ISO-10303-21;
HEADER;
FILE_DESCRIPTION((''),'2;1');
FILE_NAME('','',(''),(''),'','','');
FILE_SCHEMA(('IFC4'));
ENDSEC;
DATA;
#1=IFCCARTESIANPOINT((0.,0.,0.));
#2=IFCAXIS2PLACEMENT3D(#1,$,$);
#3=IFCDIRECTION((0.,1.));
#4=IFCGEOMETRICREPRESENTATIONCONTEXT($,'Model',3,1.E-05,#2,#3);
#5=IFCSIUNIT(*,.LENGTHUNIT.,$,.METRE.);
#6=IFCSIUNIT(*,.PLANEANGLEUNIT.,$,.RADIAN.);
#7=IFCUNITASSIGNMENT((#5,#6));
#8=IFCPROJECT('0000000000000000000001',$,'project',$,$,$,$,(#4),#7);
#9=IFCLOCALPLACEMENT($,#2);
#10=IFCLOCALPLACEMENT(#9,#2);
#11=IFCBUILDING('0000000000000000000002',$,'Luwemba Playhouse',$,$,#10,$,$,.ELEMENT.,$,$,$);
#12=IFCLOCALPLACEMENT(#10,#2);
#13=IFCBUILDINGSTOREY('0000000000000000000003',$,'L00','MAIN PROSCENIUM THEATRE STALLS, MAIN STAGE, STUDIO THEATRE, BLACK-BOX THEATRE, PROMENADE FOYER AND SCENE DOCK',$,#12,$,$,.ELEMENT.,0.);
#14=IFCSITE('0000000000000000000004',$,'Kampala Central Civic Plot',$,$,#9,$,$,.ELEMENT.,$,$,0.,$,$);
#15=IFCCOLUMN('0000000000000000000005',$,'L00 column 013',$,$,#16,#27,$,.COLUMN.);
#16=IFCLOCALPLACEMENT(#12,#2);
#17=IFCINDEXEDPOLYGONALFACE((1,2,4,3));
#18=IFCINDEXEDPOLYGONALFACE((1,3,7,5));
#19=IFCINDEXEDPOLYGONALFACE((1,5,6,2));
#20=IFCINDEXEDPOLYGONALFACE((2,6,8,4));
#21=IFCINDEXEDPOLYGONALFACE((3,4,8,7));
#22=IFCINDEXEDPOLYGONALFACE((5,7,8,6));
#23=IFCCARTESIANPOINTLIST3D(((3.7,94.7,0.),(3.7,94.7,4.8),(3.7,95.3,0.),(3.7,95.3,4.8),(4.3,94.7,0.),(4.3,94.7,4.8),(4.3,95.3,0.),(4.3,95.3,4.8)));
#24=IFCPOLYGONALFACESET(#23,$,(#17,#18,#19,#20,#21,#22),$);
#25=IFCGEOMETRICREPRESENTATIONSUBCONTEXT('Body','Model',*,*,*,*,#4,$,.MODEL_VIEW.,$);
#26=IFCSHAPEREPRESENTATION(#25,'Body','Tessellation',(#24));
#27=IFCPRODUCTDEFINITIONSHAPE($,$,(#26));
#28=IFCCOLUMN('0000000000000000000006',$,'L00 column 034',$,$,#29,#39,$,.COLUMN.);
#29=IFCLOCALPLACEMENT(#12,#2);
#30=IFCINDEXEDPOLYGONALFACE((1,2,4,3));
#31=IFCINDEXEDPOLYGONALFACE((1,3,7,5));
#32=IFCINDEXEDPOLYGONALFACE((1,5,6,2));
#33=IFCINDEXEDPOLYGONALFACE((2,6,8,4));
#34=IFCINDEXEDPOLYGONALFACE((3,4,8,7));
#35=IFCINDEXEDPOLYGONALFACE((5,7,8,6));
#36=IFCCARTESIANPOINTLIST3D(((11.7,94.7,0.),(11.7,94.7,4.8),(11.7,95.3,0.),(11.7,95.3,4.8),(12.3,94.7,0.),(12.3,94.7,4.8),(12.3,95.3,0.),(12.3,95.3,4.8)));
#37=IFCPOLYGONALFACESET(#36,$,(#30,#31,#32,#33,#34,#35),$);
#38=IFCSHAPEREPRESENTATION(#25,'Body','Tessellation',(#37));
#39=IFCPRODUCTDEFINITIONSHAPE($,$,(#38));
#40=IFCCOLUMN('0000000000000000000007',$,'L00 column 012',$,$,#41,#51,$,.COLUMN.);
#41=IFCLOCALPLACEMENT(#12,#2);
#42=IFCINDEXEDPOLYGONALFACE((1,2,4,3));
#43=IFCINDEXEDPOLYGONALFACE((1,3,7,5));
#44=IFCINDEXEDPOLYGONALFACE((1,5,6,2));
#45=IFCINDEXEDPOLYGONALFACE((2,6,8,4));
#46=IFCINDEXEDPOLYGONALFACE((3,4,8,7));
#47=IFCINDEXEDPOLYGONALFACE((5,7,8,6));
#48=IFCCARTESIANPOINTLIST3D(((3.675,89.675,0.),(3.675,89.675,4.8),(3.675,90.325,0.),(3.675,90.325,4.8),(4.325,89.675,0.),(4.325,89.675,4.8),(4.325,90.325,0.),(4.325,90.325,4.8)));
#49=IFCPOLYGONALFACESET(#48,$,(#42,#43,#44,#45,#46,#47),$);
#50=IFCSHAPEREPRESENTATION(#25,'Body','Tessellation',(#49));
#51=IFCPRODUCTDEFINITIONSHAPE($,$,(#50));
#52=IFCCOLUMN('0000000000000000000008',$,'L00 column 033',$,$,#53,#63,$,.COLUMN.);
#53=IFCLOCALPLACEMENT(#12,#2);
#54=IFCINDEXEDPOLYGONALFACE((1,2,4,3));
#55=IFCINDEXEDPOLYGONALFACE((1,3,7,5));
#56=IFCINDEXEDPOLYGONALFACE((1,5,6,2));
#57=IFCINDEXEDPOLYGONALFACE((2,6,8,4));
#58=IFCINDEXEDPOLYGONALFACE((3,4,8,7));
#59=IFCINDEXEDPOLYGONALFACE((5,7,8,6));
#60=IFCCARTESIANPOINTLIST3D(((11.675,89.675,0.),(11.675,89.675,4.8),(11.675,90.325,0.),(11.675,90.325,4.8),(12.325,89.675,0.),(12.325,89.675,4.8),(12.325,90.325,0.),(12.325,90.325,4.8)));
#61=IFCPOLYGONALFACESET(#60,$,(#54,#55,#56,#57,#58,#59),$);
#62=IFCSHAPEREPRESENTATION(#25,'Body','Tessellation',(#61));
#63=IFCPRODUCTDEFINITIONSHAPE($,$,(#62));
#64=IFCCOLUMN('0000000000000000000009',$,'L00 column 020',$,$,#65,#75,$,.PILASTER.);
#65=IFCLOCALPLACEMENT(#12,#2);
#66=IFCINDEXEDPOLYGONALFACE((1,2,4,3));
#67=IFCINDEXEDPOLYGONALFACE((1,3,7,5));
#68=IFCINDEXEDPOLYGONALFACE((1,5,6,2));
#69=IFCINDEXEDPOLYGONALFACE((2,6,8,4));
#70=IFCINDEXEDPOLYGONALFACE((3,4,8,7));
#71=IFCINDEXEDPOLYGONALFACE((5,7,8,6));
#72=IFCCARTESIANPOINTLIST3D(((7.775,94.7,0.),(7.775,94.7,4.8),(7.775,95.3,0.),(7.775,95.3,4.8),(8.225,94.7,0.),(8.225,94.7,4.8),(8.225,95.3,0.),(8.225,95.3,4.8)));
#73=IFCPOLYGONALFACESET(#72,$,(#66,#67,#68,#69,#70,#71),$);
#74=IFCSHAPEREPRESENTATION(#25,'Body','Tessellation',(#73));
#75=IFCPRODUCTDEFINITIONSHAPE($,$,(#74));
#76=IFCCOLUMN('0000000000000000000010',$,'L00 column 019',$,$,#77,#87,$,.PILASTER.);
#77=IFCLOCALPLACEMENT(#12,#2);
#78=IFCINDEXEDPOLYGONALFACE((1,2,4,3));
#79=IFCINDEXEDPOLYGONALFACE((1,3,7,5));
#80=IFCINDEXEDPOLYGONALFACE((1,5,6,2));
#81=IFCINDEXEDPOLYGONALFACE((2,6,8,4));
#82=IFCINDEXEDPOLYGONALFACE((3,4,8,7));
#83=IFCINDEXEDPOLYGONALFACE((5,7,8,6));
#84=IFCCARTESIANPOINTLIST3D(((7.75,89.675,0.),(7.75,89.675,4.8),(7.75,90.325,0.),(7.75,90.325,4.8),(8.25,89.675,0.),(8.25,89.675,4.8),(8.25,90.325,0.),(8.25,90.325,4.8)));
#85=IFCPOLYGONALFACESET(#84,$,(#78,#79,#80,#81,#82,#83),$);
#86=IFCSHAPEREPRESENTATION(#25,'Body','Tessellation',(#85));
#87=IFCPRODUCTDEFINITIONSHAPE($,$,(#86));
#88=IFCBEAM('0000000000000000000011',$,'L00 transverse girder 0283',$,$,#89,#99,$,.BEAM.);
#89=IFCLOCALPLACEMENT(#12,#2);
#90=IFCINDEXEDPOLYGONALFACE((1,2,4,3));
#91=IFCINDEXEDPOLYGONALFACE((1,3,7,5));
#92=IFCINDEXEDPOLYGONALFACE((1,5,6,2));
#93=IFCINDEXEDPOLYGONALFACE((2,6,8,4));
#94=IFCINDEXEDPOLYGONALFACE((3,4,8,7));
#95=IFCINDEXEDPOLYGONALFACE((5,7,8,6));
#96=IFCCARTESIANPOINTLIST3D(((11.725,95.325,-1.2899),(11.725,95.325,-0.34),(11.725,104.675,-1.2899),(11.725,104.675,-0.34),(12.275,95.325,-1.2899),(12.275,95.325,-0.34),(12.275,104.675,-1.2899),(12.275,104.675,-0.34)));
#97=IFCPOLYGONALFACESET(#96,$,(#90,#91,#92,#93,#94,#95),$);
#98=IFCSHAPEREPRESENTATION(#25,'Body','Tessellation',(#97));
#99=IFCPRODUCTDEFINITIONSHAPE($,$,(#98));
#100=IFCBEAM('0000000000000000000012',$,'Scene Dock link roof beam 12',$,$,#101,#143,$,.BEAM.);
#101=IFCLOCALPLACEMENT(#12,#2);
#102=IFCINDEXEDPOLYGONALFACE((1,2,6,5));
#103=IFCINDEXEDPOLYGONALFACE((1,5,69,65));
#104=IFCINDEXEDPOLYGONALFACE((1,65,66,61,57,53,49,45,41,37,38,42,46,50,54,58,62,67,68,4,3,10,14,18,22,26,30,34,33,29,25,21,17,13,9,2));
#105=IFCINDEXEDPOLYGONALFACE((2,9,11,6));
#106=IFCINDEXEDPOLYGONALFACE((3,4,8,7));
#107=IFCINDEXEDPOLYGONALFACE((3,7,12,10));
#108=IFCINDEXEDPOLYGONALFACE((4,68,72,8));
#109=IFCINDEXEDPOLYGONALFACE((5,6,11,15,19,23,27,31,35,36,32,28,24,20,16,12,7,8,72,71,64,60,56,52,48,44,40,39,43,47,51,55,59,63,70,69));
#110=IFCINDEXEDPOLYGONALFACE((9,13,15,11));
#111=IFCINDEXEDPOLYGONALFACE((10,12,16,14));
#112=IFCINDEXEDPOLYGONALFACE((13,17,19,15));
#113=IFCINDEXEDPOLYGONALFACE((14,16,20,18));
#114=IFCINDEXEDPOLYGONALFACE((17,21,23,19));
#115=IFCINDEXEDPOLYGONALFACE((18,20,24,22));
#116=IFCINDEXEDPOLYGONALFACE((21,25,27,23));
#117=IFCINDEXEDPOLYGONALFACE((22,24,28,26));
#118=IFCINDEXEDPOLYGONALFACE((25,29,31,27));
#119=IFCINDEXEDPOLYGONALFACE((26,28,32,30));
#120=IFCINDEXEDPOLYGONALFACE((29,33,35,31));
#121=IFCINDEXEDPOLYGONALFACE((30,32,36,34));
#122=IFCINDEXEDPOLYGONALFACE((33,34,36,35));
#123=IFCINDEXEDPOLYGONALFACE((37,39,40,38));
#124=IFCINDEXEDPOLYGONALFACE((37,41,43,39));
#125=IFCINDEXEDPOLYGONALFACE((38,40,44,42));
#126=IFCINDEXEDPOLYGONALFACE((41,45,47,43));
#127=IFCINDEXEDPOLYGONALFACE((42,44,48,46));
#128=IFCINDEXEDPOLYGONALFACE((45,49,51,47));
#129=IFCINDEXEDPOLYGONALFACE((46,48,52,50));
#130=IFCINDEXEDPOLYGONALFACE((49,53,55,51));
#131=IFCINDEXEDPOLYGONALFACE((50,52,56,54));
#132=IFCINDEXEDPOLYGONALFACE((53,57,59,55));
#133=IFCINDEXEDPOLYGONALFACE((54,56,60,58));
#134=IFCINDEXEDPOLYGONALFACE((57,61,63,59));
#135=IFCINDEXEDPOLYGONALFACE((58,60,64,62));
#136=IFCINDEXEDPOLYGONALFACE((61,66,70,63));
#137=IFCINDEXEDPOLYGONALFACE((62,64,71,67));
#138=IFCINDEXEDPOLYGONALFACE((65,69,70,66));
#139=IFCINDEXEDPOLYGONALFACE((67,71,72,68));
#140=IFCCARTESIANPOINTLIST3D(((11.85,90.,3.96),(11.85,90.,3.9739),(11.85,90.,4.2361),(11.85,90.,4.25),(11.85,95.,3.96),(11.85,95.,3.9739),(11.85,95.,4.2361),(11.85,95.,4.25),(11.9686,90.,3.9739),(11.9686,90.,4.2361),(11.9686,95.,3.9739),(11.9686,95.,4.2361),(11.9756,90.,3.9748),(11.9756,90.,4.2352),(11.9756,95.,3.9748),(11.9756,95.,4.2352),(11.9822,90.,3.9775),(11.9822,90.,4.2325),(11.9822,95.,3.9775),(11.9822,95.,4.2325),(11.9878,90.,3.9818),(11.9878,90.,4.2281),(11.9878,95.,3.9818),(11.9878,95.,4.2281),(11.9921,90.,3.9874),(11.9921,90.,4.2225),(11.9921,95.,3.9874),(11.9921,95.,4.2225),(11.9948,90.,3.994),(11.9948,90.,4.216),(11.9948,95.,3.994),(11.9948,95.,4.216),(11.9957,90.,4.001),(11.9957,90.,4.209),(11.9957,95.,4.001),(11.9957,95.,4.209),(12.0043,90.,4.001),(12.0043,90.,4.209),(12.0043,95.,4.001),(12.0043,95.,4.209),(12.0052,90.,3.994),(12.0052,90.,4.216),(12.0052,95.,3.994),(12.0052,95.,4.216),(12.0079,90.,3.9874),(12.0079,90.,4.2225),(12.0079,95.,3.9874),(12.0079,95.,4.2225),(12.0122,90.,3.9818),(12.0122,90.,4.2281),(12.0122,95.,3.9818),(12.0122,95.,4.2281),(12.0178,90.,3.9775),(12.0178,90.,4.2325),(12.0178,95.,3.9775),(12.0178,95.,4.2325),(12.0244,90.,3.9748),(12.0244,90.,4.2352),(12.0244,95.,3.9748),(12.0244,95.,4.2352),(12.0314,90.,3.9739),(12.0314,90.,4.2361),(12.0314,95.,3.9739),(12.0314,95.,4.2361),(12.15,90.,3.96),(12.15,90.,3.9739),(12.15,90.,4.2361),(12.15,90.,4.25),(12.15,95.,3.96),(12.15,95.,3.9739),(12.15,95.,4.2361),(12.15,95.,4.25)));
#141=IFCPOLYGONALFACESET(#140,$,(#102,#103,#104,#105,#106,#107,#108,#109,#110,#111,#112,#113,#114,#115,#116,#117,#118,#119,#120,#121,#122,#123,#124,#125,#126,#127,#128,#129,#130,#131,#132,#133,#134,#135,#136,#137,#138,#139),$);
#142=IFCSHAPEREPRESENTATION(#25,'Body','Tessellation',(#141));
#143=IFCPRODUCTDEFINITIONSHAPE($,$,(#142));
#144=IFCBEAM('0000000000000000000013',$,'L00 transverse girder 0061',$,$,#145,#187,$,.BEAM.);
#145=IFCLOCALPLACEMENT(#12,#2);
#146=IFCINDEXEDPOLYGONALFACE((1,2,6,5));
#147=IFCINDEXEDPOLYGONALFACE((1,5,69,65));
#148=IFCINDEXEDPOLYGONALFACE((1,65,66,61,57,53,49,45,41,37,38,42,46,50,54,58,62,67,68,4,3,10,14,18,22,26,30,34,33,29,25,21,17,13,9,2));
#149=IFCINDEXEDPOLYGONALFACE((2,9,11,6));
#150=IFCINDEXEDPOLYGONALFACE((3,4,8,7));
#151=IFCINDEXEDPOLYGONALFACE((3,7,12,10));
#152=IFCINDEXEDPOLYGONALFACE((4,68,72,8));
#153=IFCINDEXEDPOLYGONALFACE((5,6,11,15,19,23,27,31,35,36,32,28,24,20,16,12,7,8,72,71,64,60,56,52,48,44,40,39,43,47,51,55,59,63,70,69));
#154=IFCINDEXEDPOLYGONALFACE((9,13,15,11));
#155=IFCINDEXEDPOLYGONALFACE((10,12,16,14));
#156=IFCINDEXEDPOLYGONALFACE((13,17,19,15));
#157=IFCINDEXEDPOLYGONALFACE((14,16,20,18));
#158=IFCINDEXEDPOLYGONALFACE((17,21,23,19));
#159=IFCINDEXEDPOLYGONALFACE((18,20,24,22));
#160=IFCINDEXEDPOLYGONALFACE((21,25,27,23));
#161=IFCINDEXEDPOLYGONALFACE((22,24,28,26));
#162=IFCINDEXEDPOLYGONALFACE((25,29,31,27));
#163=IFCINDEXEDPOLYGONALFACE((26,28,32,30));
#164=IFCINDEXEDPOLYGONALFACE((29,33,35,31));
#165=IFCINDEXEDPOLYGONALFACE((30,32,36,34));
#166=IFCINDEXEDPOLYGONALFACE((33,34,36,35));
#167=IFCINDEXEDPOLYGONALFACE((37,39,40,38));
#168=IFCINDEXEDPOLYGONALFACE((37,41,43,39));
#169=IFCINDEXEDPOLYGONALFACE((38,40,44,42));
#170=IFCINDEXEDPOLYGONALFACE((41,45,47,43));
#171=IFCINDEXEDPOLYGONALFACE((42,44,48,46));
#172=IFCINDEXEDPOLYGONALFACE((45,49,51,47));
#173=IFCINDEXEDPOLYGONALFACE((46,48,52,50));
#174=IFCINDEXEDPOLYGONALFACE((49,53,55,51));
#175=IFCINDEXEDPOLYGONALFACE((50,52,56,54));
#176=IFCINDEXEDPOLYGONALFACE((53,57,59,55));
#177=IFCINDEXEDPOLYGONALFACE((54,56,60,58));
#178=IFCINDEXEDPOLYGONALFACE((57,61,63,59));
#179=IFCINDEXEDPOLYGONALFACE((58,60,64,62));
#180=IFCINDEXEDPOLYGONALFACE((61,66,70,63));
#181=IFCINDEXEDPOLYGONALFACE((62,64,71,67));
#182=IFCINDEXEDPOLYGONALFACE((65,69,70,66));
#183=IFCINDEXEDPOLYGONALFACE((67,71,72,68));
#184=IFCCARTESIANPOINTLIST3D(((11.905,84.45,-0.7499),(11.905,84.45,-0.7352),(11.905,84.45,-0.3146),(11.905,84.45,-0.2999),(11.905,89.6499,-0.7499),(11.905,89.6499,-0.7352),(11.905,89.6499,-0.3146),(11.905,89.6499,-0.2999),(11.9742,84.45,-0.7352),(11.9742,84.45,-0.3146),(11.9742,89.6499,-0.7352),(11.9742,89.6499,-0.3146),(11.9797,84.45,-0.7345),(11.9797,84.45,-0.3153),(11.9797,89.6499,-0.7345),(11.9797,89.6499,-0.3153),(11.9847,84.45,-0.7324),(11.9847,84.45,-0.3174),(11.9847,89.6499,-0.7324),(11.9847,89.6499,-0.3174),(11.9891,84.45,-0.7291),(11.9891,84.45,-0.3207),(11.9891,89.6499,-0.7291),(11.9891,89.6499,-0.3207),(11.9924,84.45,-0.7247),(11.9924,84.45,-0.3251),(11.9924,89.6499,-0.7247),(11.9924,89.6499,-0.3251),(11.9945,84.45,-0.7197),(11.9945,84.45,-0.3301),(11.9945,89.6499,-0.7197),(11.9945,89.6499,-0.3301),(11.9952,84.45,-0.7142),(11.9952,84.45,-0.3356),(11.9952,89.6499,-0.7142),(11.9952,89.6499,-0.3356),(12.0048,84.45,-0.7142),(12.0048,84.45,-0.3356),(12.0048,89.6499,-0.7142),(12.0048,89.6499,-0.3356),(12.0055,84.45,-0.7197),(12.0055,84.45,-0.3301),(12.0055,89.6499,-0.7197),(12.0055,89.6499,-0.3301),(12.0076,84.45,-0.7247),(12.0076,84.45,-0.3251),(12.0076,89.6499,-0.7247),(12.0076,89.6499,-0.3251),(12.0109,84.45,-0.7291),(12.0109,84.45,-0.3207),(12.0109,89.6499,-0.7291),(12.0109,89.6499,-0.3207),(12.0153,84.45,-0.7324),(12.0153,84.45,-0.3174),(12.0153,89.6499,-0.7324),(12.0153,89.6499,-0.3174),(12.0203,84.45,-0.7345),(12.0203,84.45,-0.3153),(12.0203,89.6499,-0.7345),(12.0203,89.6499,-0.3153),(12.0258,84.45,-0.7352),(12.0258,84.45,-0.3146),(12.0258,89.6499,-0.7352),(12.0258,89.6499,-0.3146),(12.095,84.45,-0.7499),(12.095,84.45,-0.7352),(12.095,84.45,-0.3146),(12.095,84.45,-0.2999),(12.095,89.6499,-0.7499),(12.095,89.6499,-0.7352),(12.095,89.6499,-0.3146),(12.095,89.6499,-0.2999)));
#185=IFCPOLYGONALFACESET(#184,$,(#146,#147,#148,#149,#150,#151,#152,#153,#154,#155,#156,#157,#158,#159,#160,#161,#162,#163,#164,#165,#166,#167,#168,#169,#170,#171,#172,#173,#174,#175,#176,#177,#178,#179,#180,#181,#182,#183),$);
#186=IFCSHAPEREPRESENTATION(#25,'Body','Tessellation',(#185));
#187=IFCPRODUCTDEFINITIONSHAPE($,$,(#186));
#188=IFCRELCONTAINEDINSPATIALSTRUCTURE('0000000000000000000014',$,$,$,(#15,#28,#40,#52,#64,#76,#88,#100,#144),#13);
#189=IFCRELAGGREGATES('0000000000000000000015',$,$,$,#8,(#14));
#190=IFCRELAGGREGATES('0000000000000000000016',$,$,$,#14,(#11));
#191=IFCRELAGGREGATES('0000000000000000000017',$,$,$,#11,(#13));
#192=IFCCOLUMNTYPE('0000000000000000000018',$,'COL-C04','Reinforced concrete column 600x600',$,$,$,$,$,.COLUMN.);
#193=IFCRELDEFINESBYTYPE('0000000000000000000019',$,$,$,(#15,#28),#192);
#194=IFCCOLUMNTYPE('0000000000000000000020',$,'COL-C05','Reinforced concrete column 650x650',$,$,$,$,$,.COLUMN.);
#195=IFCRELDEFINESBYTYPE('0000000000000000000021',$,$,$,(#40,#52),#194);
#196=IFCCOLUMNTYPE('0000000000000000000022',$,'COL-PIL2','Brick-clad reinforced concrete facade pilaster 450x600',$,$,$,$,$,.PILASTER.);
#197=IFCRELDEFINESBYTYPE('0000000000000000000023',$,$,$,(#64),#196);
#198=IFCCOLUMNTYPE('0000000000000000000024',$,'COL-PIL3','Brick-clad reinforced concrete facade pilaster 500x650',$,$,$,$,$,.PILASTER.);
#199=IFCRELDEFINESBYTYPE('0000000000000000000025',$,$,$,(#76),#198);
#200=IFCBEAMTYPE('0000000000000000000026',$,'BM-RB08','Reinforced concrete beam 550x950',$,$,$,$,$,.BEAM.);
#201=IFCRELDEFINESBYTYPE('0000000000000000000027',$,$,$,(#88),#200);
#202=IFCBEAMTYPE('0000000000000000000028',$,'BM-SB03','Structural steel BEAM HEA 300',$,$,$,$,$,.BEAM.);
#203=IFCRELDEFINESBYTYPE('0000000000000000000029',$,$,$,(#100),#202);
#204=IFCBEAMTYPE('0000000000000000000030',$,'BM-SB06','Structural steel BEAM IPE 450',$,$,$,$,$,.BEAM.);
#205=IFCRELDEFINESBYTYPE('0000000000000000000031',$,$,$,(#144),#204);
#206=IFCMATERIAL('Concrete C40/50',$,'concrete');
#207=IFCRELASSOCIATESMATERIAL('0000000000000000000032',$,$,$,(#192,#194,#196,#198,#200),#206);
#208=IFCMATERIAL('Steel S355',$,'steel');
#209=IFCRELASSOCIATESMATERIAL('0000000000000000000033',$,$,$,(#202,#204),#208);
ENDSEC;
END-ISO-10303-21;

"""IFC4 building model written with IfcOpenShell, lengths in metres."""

from ifc_helpers import new_model, si_unit, direction, frame, origin, origin_2d, place, context, subcontext, project, spatial, rectangle, i_section, extrude, material, material_profile, profile_set, type_object, element, save


model = new_model("IFC4")

# Units and contexts
model_context = context("Model", 3, precision=1e-05, world=origin(), true_north=direction((0.0, 1.0)))
body_context = subcontext(model_context, "Body", "Model", "MODEL_VIEW")
ifc_project = project(units=[si_unit("LENGTHUNIT", "METRE"), si_unit("PLANEANGLEUNIT", "RADIAN")], contexts=[model_context])

# Site, building, storey
site_placement = place(None, origin())
site = spatial("IfcSite", under=ifc_project, at=site_placement, Name="Kampala Central Civic Plot", CompositionType="ELEMENT", RefElevation=0.0)
building_placement = place(site_placement, origin())
building = spatial("IfcBuilding", under=site, at=building_placement, Name="Luwemba Playhouse", CompositionType="ELEMENT")
storey_placement = place(building_placement, origin())
storey = spatial("IfcBuildingStorey", under=building, at=storey_placement, Name="L00", Description="MAIN PROSCENIUM THEATRE STALLS, MAIN STAGE, STUDIO THEATRE, BLACK-BOX THEATRE, PROMENADE FOYER AND SCENE DOCK", CompositionType="ELEMENT", Elevation=0.0)

# Columns
ifc_material_1 = material(Name="Concrete C40/50", Category="concrete")
ifc_material_profile_1 = material_profile(ifc_material_1, rectangle(XDim=0.6001, YDim=0.6001, at=origin_2d()))
ifc_profile_set_1 = profile_set([ifc_material_profile_1], Name="Concrete C40/50")
column_type_1 = type_object("IfcColumnType", Name="COL-C04", Description="Reinforced concrete column 600x600", PredefinedType="COLUMN", material=ifc_profile_set_1)
for number, where, z_axis, x_axis, name in (
    (1, (4.0, 95.0, 0.0), (0.0, 0.0, 1.0), (1.0, 0.0, 0.0), "L00 column 013"),
    (2, (12.0, 95.0, 0.0), (0.0, 0.0, 1.0), (1.0, 0.0, 0.0), "L00 column 034"),
):
    element("IfcColumn", number, at=place(storey_placement, frame(where, z_axis=z_axis, x_axis=x_axis)), inside=storey, type_object=column_type_1, Name=name, PredefinedType="COLUMN", context=body_context, shape_type="SweptSolid", body=[
        extrude(rectangle(XDim=0.6001, YDim=0.6001, at=origin_2d()), origin(), (0.0, 0.0, 1.0), 4.8),
    ])
ifc_material_profile_2 = material_profile(ifc_material_1, rectangle(XDim=0.6499, YDim=0.6499, at=origin_2d()))
ifc_profile_set_2 = profile_set([ifc_material_profile_2], Name="Concrete C40/50")
column_type_2 = type_object("IfcColumnType", Name="COL-C05", Description="Reinforced concrete column 650x650", PredefinedType="COLUMN", material=ifc_profile_set_2)
for number, where, z_axis, x_axis, name in (
    (3, (4.0, 90.0, 0.0), (0.0, 0.0, 1.0), (1.0, 0.0, 0.0), "L00 column 012"),
    (4, (12.0, 90.0, 0.0), (0.0, 0.0, 1.0), (1.0, 0.0, 0.0), "L00 column 033"),
):
    element("IfcColumn", number, at=place(storey_placement, frame(where, z_axis=z_axis, x_axis=x_axis)), inside=storey, type_object=column_type_2, Name=name, PredefinedType="COLUMN", context=body_context, shape_type="SweptSolid", body=[
        extrude(rectangle(XDim=0.6499, YDim=0.6499, at=origin_2d()), origin(), (0.0, 0.0, 1.0), 4.8),
    ])
ifc_material_profile_3 = material_profile(ifc_material_1, rectangle(XDim=0.45, YDim=0.6001, at=origin_2d()))
ifc_profile_set_3 = profile_set([ifc_material_profile_3], Name="Concrete C40/50")
column_type_3 = type_object("IfcColumnType", Name="COL-PIL2", Description="Brick-clad reinforced concrete facade pilaster 450x600", PredefinedType="PILASTER", material=ifc_profile_set_3)
column_1_placement = place(storey_placement, frame((8.0, 95.0, 0.0), z_axis=(0.0, 0.0, 1.0), x_axis=(1.0, 0.0, 0.0)))
element("IfcColumn", 5, at=column_1_placement, inside=storey, type_object=column_type_3, Name="L00 column 020", PredefinedType="PILASTER", context=body_context, shape_type="SweptSolid", body=[
    extrude(rectangle(XDim=0.45, YDim=0.6001, at=origin_2d()), origin(), (0.0, 0.0, 1.0), 4.8),
])
ifc_material_profile_4 = material_profile(ifc_material_1, rectangle(XDim=0.5, YDim=0.6499, at=origin_2d()))
ifc_profile_set_4 = profile_set([ifc_material_profile_4], Name="Concrete C40/50")
column_type_4 = type_object("IfcColumnType", Name="COL-PIL3", Description="Brick-clad reinforced concrete facade pilaster 500x650", PredefinedType="PILASTER", material=ifc_profile_set_4)
column_2_placement = place(storey_placement, frame((8.0, 90.0, 0.0), z_axis=(0.0, 0.0, 1.0), x_axis=(1.0, 0.0, 0.0)))
element("IfcColumn", 6, at=column_2_placement, inside=storey, type_object=column_type_4, Name="L00 column 019", PredefinedType="PILASTER", context=body_context, shape_type="SweptSolid", body=[
    extrude(rectangle(XDim=0.5, YDim=0.6499, at=origin_2d()), origin(), (0.0, 0.0, 1.0), 4.8),
])

# Beams
ifc_material_profile_5 = material_profile(ifc_material_1, rectangle(XDim=0.55, YDim=0.95, at=origin_2d()))
ifc_profile_set_5 = profile_set([ifc_material_profile_5], Name="Concrete C40/50")
beam_type_1 = type_object("IfcBeamType", Name="BM-RB08", Description="Reinforced concrete beam 550x950", PredefinedType="BEAM", material=ifc_profile_set_5)
beam_1_placement = place(storey_placement, frame((12.0, 95.325, -0.8149), z_axis=(0.0, 1.0, 0.0), x_axis=(-1.0, 0.0, 0.0)))
element("IfcBeam", 7, at=beam_1_placement, inside=storey, type_object=beam_type_1, Name="L00 transverse girder 0283", PredefinedType="BEAM", context=body_context, shape_type="SweptSolid", body=[
    extrude(rectangle(XDim=0.55, YDim=0.95, at=origin_2d()), origin(), (0.0, 0.0, 1.0), 9.3501),
])
ifc_material_2 = material(Name="Steel S355", Category="steel")
ifc_material_profile_6 = material_profile(ifc_material_2, i_section(OverallWidth=0.3, OverallDepth=0.29, WebThickness=0.0085, FlangeThickness=0.0139, FilletRadius=0.0271, at=origin_2d()))
ifc_profile_set_6 = profile_set([ifc_material_profile_6], Name="Steel S355")
beam_type_2 = type_object("IfcBeamType", Name="BM-SB03", Description="Structural steel BEAM HEA 300", PredefinedType="BEAM", material=ifc_profile_set_6)
beam_2_placement = place(storey_placement, frame((12.0, 90.0, 4.105), z_axis=(0.0, 1.0, 0.0), x_axis=(-1.0, 0.0, 0.0)))
element("IfcBeam", 8, at=beam_2_placement, inside=storey, type_object=beam_type_2, Name="Scene Dock link roof beam 12", PredefinedType="BEAM", context=body_context, shape_type="SweptSolid", body=[
    extrude(i_section(OverallWidth=0.3, OverallDepth=0.29, WebThickness=0.0085, FlangeThickness=0.0139, FilletRadius=0.0271, at=origin_2d()), origin(), (0.0, 0.0, 1.0), 5.0),
])
ifc_material_profile_7 = material_profile(ifc_material_2, i_section(OverallWidth=0.1899, OverallDepth=0.45, WebThickness=0.0095, FlangeThickness=0.0146, FilletRadius=0.021, at=origin_2d()))
ifc_profile_set_7 = profile_set([ifc_material_profile_7], Name="Steel S355")
beam_type_3 = type_object("IfcBeamType", Name="BM-SB06", Description="Structural steel BEAM IPE 450", PredefinedType="BEAM", material=ifc_profile_set_7)
beam_3_placement = place(storey_placement, frame((12.0, 84.45, -0.5249), z_axis=(0.0, 1.0, 0.0), x_axis=(-1.0, 0.0, 0.0)))
element("IfcBeam", 9, at=beam_3_placement, inside=storey, type_object=beam_type_3, Name="L00 transverse girder 0061", PredefinedType="BEAM", context=body_context, shape_type="SweptSolid", body=[
    extrude(i_section(OverallWidth=0.1899, OverallDepth=0.45, WebThickness=0.0095, FlangeThickness=0.0146, FilletRadius=0.021, at=origin_2d()), origin(), (0.0, 0.0, 1.0), 5.2),
])

save(model, "model.ifc")
